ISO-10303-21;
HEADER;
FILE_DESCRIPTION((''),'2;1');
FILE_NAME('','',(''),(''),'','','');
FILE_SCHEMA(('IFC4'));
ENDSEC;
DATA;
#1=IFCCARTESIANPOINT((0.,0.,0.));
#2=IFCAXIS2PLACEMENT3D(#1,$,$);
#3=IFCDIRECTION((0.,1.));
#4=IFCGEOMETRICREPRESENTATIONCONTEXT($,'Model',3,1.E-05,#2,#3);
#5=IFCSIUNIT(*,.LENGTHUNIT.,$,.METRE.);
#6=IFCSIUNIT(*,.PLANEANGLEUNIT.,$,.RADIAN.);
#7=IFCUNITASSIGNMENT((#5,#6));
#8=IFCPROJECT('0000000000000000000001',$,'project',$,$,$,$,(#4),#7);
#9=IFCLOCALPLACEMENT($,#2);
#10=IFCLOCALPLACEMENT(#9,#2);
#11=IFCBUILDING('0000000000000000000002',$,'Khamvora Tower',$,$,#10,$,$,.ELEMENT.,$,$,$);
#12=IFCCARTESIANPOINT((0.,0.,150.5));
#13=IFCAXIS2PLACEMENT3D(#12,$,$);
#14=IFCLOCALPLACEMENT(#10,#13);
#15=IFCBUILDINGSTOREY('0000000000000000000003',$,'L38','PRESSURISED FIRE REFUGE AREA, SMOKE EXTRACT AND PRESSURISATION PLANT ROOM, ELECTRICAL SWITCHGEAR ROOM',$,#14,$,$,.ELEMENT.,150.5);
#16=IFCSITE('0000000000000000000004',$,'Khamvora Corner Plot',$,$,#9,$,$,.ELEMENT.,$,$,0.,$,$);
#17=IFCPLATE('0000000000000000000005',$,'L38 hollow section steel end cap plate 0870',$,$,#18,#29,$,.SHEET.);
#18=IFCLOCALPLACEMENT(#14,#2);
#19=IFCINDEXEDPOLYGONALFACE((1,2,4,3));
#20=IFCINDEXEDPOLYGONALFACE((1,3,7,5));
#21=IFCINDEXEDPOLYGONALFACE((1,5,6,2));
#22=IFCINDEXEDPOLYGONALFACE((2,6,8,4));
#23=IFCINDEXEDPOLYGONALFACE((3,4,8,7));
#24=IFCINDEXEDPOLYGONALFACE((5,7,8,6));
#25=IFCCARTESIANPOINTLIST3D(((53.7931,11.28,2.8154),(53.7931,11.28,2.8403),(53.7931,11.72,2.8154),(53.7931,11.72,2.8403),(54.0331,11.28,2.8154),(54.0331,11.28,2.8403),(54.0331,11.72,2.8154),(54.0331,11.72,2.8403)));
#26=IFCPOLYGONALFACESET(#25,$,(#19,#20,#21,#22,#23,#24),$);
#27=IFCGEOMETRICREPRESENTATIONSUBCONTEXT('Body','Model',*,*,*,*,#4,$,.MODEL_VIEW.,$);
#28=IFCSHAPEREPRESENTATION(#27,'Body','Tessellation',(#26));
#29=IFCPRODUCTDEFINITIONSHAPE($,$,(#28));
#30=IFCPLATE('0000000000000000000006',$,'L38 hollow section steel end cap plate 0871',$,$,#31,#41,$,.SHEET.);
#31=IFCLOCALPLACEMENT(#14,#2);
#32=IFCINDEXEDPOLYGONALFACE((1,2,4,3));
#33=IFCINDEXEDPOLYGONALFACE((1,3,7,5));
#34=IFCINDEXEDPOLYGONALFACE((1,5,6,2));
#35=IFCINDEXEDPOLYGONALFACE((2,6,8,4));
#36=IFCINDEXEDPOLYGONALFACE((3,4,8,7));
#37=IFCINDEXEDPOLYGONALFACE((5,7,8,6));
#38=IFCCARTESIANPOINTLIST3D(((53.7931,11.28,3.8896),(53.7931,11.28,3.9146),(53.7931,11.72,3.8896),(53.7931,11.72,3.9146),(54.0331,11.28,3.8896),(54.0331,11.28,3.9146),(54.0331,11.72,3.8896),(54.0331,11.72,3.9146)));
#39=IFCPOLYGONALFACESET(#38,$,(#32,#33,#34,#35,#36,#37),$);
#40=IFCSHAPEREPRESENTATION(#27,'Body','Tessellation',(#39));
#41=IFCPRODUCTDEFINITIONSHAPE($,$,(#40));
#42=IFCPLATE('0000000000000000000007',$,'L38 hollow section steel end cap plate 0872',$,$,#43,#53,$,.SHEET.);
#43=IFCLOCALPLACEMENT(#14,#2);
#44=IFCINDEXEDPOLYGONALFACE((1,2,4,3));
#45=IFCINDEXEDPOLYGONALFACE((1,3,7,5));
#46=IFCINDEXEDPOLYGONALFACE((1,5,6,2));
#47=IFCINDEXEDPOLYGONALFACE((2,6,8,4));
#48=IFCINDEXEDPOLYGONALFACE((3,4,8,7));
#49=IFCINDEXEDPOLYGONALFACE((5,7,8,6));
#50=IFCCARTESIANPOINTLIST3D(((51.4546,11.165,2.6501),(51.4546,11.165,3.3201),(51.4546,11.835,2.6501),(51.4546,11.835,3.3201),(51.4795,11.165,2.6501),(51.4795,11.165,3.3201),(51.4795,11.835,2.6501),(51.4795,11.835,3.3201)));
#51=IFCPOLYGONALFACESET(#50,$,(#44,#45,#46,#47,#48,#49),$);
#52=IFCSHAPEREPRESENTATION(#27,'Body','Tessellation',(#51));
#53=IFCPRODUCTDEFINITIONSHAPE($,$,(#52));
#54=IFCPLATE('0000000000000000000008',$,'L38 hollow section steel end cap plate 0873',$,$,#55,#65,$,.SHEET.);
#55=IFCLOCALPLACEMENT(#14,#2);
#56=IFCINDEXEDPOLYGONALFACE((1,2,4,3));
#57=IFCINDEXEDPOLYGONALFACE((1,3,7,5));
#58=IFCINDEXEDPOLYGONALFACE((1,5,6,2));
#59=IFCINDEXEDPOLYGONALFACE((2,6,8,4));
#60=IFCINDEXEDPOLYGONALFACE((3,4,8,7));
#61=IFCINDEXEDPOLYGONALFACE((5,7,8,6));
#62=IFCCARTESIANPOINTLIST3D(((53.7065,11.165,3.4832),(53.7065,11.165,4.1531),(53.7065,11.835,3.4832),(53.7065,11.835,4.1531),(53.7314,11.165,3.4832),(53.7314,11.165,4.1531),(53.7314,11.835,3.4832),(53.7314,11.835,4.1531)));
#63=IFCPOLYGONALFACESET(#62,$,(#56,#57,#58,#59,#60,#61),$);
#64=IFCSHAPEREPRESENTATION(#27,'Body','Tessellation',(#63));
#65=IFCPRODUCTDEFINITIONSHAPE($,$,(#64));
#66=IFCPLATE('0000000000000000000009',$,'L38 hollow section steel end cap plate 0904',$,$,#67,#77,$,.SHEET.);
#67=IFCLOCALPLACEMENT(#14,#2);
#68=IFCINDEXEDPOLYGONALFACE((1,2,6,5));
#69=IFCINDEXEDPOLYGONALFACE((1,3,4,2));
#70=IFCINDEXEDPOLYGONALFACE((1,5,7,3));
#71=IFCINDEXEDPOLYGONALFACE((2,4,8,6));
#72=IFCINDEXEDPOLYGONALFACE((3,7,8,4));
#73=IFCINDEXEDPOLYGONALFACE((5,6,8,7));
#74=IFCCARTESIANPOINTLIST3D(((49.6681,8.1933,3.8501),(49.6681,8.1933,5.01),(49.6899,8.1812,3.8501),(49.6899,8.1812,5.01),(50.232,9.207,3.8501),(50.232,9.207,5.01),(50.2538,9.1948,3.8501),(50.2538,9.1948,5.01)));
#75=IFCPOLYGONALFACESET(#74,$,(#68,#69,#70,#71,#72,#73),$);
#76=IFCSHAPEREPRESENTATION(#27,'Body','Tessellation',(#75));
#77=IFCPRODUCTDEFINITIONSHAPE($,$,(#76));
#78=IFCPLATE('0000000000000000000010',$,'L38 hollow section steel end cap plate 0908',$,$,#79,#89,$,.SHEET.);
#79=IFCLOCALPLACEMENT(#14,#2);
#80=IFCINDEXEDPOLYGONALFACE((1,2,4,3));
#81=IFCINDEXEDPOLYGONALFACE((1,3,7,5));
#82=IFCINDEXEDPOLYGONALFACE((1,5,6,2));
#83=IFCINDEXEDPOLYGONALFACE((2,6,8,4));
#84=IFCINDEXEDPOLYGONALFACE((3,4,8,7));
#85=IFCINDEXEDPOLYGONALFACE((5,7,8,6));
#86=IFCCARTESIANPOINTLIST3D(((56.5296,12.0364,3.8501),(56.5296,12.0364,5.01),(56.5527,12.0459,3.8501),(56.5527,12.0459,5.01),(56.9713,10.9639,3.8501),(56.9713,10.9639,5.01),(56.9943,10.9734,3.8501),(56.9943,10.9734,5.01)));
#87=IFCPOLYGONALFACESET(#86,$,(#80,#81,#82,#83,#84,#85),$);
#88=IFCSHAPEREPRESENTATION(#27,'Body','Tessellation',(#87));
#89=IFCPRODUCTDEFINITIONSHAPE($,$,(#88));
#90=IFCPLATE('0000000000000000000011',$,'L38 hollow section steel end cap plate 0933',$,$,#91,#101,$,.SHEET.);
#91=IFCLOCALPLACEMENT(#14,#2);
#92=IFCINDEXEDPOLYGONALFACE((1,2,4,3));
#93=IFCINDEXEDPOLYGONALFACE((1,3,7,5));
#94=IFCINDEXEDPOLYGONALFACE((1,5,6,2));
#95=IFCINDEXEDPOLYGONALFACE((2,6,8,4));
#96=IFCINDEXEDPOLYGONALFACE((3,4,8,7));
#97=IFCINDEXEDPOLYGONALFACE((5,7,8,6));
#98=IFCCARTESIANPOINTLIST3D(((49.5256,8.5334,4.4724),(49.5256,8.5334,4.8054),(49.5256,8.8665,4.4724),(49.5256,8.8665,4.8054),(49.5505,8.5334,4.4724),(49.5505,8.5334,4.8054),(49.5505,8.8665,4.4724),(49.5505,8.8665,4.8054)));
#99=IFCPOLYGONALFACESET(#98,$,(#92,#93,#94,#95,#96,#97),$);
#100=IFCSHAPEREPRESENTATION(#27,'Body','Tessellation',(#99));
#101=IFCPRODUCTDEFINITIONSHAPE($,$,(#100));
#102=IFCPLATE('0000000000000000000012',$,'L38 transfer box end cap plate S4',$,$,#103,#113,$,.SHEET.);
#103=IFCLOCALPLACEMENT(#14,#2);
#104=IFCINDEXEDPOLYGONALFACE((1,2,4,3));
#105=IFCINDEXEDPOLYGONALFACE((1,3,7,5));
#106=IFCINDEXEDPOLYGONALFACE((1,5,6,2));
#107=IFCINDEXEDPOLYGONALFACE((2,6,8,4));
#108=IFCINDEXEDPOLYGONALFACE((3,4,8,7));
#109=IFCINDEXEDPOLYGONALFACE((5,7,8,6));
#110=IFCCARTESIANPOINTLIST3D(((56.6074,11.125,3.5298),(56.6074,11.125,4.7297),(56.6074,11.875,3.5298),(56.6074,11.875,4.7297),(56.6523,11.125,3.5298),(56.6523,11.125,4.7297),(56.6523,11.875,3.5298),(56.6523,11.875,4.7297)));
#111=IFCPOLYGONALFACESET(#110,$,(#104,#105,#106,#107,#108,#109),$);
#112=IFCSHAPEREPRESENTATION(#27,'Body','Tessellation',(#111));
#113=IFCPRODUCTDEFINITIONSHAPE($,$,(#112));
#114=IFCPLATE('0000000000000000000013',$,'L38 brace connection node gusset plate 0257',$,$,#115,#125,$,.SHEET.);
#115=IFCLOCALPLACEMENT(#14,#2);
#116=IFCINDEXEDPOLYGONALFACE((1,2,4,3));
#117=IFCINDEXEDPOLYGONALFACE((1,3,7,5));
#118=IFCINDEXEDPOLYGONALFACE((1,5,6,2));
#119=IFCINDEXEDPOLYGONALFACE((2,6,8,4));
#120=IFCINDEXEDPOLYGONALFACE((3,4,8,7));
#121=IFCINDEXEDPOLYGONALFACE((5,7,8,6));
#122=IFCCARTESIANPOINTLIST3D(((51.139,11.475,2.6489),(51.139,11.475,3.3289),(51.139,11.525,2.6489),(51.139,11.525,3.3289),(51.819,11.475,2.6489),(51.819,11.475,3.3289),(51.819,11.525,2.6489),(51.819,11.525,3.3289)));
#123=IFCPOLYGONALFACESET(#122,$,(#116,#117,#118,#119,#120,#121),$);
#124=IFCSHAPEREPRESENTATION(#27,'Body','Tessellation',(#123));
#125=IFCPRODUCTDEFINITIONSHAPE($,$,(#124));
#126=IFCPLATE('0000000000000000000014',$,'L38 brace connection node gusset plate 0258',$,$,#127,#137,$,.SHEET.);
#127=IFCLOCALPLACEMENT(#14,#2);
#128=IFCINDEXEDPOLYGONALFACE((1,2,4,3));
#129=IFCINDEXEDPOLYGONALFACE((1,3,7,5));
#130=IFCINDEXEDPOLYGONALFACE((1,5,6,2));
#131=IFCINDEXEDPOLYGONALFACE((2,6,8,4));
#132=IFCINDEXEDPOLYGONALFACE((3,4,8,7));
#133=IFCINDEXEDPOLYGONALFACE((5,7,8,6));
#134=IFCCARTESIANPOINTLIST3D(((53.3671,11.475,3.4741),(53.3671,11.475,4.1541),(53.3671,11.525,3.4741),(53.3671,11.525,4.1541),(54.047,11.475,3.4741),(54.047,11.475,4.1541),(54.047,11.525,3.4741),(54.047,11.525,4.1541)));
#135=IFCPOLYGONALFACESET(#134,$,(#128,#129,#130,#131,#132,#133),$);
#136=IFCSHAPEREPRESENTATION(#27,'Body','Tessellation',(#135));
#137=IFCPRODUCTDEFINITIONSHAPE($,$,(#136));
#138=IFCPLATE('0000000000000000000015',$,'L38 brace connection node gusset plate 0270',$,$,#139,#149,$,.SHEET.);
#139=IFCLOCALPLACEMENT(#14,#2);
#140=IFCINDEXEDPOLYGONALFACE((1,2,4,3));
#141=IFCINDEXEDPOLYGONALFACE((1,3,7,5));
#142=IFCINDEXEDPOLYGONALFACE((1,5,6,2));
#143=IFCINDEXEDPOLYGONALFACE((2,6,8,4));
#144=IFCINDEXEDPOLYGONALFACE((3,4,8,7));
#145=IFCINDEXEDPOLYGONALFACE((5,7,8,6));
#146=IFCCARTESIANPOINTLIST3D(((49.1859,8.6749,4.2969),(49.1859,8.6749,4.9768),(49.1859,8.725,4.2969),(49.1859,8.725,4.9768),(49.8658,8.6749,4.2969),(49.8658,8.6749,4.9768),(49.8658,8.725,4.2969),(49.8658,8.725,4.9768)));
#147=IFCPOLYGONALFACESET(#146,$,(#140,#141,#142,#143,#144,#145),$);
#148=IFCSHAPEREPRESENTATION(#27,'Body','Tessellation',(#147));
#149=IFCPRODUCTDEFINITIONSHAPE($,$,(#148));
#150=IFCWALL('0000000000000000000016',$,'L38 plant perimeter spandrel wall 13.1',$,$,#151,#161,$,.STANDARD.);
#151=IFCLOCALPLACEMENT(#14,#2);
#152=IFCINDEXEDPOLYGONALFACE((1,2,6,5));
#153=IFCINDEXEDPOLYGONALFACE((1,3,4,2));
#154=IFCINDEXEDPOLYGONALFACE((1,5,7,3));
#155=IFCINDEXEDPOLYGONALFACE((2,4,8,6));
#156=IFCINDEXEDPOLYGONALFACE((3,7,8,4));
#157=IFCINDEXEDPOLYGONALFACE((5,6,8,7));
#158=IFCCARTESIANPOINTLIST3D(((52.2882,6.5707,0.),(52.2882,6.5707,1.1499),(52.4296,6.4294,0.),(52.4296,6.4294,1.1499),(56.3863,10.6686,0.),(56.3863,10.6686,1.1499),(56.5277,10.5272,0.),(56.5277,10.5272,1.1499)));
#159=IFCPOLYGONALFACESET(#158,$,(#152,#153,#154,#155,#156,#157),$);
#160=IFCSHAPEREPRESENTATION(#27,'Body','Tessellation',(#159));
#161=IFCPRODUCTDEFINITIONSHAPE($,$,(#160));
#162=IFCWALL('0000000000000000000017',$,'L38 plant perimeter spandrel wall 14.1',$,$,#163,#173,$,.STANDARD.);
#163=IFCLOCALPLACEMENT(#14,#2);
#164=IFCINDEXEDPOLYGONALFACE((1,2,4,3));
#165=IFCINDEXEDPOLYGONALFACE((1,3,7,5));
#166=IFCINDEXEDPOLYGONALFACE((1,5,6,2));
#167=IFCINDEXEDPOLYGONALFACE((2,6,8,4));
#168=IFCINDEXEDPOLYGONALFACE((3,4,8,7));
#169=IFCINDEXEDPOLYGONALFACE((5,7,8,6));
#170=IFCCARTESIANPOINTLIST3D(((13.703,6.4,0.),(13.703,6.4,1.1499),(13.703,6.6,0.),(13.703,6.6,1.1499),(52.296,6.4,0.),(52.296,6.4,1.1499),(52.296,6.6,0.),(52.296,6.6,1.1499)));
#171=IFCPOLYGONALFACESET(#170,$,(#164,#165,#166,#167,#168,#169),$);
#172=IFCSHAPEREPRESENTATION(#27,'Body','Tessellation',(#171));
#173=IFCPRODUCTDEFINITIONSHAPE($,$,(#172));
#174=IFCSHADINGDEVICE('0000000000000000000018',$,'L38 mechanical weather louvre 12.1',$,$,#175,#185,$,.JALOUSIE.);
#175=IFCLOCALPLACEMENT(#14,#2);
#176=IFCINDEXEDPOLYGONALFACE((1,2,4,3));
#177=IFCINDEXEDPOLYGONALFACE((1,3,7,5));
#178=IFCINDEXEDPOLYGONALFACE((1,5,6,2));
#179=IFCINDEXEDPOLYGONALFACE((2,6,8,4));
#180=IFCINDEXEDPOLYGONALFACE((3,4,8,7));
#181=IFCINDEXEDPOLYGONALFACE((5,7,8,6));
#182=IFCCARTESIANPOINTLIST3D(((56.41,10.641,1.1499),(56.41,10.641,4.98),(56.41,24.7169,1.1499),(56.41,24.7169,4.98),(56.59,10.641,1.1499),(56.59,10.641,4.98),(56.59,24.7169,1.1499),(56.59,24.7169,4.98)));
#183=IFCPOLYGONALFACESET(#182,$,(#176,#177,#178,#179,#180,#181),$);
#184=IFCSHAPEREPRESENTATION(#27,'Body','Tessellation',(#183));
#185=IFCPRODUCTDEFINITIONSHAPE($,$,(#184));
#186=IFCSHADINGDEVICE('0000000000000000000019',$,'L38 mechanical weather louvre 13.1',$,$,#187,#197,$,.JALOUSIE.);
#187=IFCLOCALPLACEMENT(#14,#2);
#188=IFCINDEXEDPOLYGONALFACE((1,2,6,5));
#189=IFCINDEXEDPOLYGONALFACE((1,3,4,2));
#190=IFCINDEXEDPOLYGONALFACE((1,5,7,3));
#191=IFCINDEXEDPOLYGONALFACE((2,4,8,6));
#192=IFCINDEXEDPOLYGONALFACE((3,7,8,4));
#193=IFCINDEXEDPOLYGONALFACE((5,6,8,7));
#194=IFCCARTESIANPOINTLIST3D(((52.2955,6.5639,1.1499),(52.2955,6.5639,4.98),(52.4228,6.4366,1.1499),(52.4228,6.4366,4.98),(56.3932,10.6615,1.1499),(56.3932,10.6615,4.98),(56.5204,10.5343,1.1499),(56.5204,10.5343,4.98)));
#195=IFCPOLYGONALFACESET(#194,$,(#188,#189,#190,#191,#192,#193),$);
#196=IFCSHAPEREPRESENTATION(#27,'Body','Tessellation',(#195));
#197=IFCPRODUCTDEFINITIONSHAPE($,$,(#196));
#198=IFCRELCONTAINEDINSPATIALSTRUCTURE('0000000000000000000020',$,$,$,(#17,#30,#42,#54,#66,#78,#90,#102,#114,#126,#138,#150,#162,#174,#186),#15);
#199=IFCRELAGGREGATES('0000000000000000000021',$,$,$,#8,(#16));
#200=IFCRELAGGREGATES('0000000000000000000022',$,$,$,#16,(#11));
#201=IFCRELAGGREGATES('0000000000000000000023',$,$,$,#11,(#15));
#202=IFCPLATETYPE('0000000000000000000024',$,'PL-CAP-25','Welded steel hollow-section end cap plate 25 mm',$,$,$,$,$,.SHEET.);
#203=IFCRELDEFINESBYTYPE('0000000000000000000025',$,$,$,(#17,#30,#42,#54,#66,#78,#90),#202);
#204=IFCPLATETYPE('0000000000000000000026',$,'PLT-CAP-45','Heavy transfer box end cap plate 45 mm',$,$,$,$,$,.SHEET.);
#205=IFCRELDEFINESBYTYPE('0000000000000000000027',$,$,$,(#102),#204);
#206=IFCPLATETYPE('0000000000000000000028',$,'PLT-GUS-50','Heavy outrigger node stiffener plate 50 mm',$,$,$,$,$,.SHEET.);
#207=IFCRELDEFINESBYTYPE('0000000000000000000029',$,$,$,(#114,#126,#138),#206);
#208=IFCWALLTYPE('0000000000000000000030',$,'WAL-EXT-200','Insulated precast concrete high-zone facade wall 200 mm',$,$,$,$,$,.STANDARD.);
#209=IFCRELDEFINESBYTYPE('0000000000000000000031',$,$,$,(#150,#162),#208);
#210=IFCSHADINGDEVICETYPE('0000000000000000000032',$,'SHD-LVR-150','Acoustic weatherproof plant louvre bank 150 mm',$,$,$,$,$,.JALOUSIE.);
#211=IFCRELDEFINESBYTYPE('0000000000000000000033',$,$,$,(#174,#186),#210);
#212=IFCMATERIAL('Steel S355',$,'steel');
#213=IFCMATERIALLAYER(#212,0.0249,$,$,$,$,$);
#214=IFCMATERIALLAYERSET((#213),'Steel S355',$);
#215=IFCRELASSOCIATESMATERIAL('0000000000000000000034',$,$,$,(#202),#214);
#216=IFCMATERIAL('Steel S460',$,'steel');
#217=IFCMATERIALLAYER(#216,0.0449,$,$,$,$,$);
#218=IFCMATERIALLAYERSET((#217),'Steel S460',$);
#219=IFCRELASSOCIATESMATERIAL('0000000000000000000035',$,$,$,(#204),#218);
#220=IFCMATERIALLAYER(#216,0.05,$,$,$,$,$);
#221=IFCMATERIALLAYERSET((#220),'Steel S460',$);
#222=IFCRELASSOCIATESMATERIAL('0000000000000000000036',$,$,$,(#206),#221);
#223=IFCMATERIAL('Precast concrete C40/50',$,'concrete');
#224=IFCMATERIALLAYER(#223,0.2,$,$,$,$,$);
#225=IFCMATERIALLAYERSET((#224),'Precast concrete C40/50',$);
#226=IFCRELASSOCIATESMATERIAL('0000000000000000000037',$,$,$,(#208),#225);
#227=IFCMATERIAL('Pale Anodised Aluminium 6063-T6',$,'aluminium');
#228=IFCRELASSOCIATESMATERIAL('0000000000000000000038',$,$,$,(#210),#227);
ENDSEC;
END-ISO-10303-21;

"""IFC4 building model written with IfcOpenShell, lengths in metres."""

from ifc_helpers import new_model, si_unit, direction, frame, frame_2d, origin, origin_2d, place, context, subcontext, project, spatial, rectangle, extrude, material, layer, layer_set, type_object, element, save


model = new_model("IFC4")

# Units and contexts
model_context = context("Model", 3, precision=1e-05, world=origin(), true_north=direction((0.0, 1.0)))
body_context = subcontext(model_context, "Body", "Model", "MODEL_VIEW")
ifc_project = project(units=[si_unit("LENGTHUNIT", "METRE"), si_unit("PLANEANGLEUNIT", "RADIAN")], contexts=[model_context])

# Site, building, storey
site_placement = place(None, origin())
site = spatial("IfcSite", under=ifc_project, at=site_placement, Name="Khamvora Corner Plot", CompositionType="ELEMENT", RefElevation=0.0)
building_placement = place(site_placement, origin())
building = spatial("IfcBuilding", under=site, at=building_placement, Name="Khamvora Tower", CompositionType="ELEMENT")
storey_placement = place(building_placement, frame((0.0, 0.0, 150.5)))
storey = spatial("IfcBuildingStorey", under=building, at=storey_placement, Name="L38", Description="PRESSURISED FIRE REFUGE AREA, SMOKE EXTRACT AND PRESSURISATION PLANT ROOM, ELECTRICAL SWITCHGEAR ROOM", CompositionType="ELEMENT", Elevation=150.5)

# Shared definitions
ifc_material_1 = material(Name="Steel S355", Category="steel")

# Shared definitions
ifc_material_2 = material(Name="Steel S460", Category="steel")

# Plates
ifc_layer_1 = layer(ifc_material_1, 0.0249)
ifc_layer_set_1 = layer_set([ifc_layer_1], Name="Steel S355")
plate_type_1 = type_object("IfcPlateType", Name="PL-CAP-25", Description="Welded steel hollow-section end cap plate 25 mm", PredefinedType="SHEET", material=ifc_layer_set_1)
for number, where, z_axis, x_axis, name in (
    (1, (53.9131, 11.5, 2.8154), (0.0, 0.0, 1.0), (1.0, 0.0, 0.0), "L38 hollow section steel end cap plate 0870"),
    (2, (53.9131, 11.5, 3.8896), (0.0, 0.0, 1.0), (1.0, 0.0, 0.0), "L38 hollow section steel end cap plate 0871"),
):
    element("IfcPlate", number, at=place(storey_placement, frame(where, z_axis=z_axis, x_axis=x_axis)), inside=storey, type_object=plate_type_1, Name=name, PredefinedType="SHEET", context=body_context, shape_type="SweptSolid", body=[
        extrude(rectangle(XDim=0.24, YDim=0.4399, at=origin_2d()), origin(), (0.0, 0.0, 1.0), 0.0249),
    ])
for number, where, z_axis, x_axis, name in (
    (3, (51.467, 11.5, 2.6501), (0.0, 0.0, 1.0), (1.0, 0.0, 0.0), "L38 hollow section steel end cap plate 0872"),
    (4, (53.719, 11.5, 3.4832), (0.0, 0.0, 1.0), (1.0, 0.0, 0.0), "L38 hollow section steel end cap plate 0873"),
):
    element("IfcPlate", number, at=place(storey_placement, frame(where, z_axis=z_axis, x_axis=x_axis)), inside=storey, type_object=plate_type_1, Name=name, PredefinedType="SHEET", context=body_context, shape_type="SweptSolid", body=[
        extrude(rectangle(XDim=0.0249, YDim=0.6699, at=origin_2d()), origin(), (0.0, 0.0, 1.0), 0.6699),
    ])
for number, where, z_axis, x_axis, name in (
    (5, (49.9609, 8.6941, 3.8501), (0.0, 0.0, 1.0), (-0.873874, 0.486152, 0.0), "L38 hollow section steel end cap plate 0904"),
    (6, (56.762, 11.5049, 3.8501), (0.0, 0.0, 1.0), (0.924679, 0.380748, 0.0), "L38 hollow section steel end cap plate 0908"),
):
    element("IfcPlate", number, at=place(storey_placement, frame(where, z_axis=z_axis, x_axis=x_axis)), inside=storey, type_object=plate_type_1, Name=name, PredefinedType="SHEET", context=body_context, shape_type="SweptSolid", body=[
        extrude(rectangle(XDim=0.0249, YDim=1.1599, at=origin_2d()), origin(), (0.0, 0.0, 1.0), 1.1599),
    ])
plate_1_placement = place(storey_placement, frame((49.5381, 8.7, 4.4724), z_axis=(0.0, 0.0, 1.0), x_axis=(1.0, 0.0, 0.0)))
element("IfcPlate", 7, at=plate_1_placement, inside=storey, type_object=plate_type_1, Name="L38 hollow section steel end cap plate 0933", PredefinedType="SHEET", context=body_context, shape_type="SweptSolid", body=[
    extrude(rectangle(XDim=0.0249, YDim=0.333, at=origin_2d()), origin(), (0.0, 0.0, 1.0), 0.333),
])
ifc_layer_2 = layer(ifc_material_2, 0.0449)
ifc_layer_set_2 = layer_set([ifc_layer_2], Name="Steel S460")
plate_type_2 = type_object("IfcPlateType", Name="PLT-CAP-45", Description="Heavy transfer box end cap plate 45 mm", PredefinedType="SHEET", material=ifc_layer_set_2)
plate_2_placement = place(storey_placement, frame((56.6299, 11.5, 3.5298), z_axis=(0.0, 0.0, 1.0), x_axis=(1.0, 0.0, 0.0)))
element("IfcPlate", 8, at=plate_2_placement, inside=storey, type_object=plate_type_2, Name="L38 transfer box end cap plate S4", PredefinedType="SHEET", context=body_context, shape_type="SweptSolid", body=[
    extrude(rectangle(XDim=0.0449, YDim=0.75, at=origin_2d()), origin(), (0.0, 0.0, 1.0), 1.2),
])
ifc_layer_3 = layer(ifc_material_2, 0.05)
ifc_layer_set_3 = layer_set([ifc_layer_3], Name="Steel S460")
plate_type_3 = type_object("IfcPlateType", Name="PLT-GUS-50", Description="Heavy outrigger node stiffener plate 50 mm", PredefinedType="SHEET", material=ifc_layer_set_3)
for number, where, z_axis, x_axis, name in (
    (9, (51.479, 11.5, 2.6489), (0.0, 0.0, 1.0), (1.0, 0.0, 0.0), "L38 brace connection node gusset plate 0257"),
    (10, (53.707, 11.5, 3.4741), (0.0, 0.0, 1.0), (1.0, 0.0, 0.0), "L38 brace connection node gusset plate 0258"),
    (11, (49.5259, 8.7, 4.2969), (0.0, 0.0, 1.0), (1.0, 0.0, 0.0), "L38 brace connection node gusset plate 0270"),
):
    element("IfcPlate", number, at=place(storey_placement, frame(where, z_axis=z_axis, x_axis=x_axis)), inside=storey, type_object=plate_type_3, Name=name, PredefinedType="SHEET", context=body_context, shape_type="SweptSolid", body=[
        extrude(rectangle(XDim=0.6799, YDim=0.05, at=origin_2d()), origin(), (0.0, 0.0, 1.0), 0.6799),
    ])

# Walls
ifc_material_3 = material(Name="Precast concrete C40/50", Category="concrete")
ifc_layer_4 = layer(ifc_material_3, 0.2)
ifc_layer_set_4 = layer_set([ifc_layer_4], Name="Precast concrete C40/50")
wall_type = type_object("IfcWallType", Name="WAL-EXT-200", Description="Insulated precast concrete high-zone facade wall 200 mm", PredefinedType="STANDARD", material=ifc_layer_set_4)
wall_1_placement = place(storey_placement, frame((56.457, 10.5979, 0.0), z_axis=(0.0, 0.0, 1.0), x_axis=(-0.707128, -0.707086, 0.0)))
element("IfcWall", 12, at=wall_1_placement, inside=storey, type_object=wall_type, Name="L38 plant perimeter spandrel wall 13.1", PredefinedType="STANDARD", context=body_context, shape_type="SweptSolid", body=[
    extrude(rectangle(XDim=5.7954, YDim=0.2, at=frame_2d((2.8977, 0.0))), origin(), (0.0, 0.0, 1.0), 1.1499),
])
wall_2_placement = place(storey_placement, frame((52.2959, 6.5, 0.0), z_axis=(0.0, 0.0, 1.0), x_axis=(-1.0, 0.0, 0.0)))
element("IfcWall", 13, at=wall_2_placement, inside=storey, type_object=wall_type, Name="L38 plant perimeter spandrel wall 14.1", PredefinedType="STANDARD", context=body_context, shape_type="SweptSolid", body=[
    extrude(rectangle(XDim=38.593, YDim=0.2, at=frame_2d((19.2964, 0.0))), origin(), (0.0, 0.0, 1.0), 1.1499),
])

# Shading devices
ifc_material_4 = material(Name="Pale Anodised Aluminium 6063-T6", Category="aluminium")
shading_device_type = type_object("IfcShadingDeviceType", Name="SHD-LVR-150", Description="Acoustic weatherproof plant louvre bank 150 mm", PredefinedType="JALOUSIE", material=ifc_material_4)
shading_device_1_placement = place(storey_placement, frame((56.5, 17.679, 1.1499), z_axis=(0.0, 0.0, 1.0), x_axis=(0.0, -1.0, 0.0)))
element("IfcShadingDevice", 14, at=shading_device_1_placement, inside=storey, type_object=shading_device_type, Name="L38 mechanical weather louvre 12.1", PredefinedType="JALOUSIE", context=body_context, shape_type="SweptSolid", body=[
    extrude(rectangle(XDim=14.0759, YDim=0.1799, at=origin_2d()), origin(), (0.0, 0.0, 1.0), 3.8301),
])
shading_device_2_placement = place(storey_placement, frame((54.408, 8.5491, 1.1499), z_axis=(0.0, 0.0, 1.0), x_axis=(-0.707107, -0.707107, 0.0)))
element("IfcShadingDevice", 15, at=shading_device_2_placement, inside=storey, type_object=shading_device_type, Name="L38 mechanical weather louvre 13.1", PredefinedType="JALOUSIE", context=body_context, shape_type="SweptSolid", body=[
    extrude(rectangle(XDim=5.7949, YDim=0.1799, at=origin_2d()), origin(), (0.0, 0.0, 1.0), 3.8301),
])

save(model, "model.ifc")
